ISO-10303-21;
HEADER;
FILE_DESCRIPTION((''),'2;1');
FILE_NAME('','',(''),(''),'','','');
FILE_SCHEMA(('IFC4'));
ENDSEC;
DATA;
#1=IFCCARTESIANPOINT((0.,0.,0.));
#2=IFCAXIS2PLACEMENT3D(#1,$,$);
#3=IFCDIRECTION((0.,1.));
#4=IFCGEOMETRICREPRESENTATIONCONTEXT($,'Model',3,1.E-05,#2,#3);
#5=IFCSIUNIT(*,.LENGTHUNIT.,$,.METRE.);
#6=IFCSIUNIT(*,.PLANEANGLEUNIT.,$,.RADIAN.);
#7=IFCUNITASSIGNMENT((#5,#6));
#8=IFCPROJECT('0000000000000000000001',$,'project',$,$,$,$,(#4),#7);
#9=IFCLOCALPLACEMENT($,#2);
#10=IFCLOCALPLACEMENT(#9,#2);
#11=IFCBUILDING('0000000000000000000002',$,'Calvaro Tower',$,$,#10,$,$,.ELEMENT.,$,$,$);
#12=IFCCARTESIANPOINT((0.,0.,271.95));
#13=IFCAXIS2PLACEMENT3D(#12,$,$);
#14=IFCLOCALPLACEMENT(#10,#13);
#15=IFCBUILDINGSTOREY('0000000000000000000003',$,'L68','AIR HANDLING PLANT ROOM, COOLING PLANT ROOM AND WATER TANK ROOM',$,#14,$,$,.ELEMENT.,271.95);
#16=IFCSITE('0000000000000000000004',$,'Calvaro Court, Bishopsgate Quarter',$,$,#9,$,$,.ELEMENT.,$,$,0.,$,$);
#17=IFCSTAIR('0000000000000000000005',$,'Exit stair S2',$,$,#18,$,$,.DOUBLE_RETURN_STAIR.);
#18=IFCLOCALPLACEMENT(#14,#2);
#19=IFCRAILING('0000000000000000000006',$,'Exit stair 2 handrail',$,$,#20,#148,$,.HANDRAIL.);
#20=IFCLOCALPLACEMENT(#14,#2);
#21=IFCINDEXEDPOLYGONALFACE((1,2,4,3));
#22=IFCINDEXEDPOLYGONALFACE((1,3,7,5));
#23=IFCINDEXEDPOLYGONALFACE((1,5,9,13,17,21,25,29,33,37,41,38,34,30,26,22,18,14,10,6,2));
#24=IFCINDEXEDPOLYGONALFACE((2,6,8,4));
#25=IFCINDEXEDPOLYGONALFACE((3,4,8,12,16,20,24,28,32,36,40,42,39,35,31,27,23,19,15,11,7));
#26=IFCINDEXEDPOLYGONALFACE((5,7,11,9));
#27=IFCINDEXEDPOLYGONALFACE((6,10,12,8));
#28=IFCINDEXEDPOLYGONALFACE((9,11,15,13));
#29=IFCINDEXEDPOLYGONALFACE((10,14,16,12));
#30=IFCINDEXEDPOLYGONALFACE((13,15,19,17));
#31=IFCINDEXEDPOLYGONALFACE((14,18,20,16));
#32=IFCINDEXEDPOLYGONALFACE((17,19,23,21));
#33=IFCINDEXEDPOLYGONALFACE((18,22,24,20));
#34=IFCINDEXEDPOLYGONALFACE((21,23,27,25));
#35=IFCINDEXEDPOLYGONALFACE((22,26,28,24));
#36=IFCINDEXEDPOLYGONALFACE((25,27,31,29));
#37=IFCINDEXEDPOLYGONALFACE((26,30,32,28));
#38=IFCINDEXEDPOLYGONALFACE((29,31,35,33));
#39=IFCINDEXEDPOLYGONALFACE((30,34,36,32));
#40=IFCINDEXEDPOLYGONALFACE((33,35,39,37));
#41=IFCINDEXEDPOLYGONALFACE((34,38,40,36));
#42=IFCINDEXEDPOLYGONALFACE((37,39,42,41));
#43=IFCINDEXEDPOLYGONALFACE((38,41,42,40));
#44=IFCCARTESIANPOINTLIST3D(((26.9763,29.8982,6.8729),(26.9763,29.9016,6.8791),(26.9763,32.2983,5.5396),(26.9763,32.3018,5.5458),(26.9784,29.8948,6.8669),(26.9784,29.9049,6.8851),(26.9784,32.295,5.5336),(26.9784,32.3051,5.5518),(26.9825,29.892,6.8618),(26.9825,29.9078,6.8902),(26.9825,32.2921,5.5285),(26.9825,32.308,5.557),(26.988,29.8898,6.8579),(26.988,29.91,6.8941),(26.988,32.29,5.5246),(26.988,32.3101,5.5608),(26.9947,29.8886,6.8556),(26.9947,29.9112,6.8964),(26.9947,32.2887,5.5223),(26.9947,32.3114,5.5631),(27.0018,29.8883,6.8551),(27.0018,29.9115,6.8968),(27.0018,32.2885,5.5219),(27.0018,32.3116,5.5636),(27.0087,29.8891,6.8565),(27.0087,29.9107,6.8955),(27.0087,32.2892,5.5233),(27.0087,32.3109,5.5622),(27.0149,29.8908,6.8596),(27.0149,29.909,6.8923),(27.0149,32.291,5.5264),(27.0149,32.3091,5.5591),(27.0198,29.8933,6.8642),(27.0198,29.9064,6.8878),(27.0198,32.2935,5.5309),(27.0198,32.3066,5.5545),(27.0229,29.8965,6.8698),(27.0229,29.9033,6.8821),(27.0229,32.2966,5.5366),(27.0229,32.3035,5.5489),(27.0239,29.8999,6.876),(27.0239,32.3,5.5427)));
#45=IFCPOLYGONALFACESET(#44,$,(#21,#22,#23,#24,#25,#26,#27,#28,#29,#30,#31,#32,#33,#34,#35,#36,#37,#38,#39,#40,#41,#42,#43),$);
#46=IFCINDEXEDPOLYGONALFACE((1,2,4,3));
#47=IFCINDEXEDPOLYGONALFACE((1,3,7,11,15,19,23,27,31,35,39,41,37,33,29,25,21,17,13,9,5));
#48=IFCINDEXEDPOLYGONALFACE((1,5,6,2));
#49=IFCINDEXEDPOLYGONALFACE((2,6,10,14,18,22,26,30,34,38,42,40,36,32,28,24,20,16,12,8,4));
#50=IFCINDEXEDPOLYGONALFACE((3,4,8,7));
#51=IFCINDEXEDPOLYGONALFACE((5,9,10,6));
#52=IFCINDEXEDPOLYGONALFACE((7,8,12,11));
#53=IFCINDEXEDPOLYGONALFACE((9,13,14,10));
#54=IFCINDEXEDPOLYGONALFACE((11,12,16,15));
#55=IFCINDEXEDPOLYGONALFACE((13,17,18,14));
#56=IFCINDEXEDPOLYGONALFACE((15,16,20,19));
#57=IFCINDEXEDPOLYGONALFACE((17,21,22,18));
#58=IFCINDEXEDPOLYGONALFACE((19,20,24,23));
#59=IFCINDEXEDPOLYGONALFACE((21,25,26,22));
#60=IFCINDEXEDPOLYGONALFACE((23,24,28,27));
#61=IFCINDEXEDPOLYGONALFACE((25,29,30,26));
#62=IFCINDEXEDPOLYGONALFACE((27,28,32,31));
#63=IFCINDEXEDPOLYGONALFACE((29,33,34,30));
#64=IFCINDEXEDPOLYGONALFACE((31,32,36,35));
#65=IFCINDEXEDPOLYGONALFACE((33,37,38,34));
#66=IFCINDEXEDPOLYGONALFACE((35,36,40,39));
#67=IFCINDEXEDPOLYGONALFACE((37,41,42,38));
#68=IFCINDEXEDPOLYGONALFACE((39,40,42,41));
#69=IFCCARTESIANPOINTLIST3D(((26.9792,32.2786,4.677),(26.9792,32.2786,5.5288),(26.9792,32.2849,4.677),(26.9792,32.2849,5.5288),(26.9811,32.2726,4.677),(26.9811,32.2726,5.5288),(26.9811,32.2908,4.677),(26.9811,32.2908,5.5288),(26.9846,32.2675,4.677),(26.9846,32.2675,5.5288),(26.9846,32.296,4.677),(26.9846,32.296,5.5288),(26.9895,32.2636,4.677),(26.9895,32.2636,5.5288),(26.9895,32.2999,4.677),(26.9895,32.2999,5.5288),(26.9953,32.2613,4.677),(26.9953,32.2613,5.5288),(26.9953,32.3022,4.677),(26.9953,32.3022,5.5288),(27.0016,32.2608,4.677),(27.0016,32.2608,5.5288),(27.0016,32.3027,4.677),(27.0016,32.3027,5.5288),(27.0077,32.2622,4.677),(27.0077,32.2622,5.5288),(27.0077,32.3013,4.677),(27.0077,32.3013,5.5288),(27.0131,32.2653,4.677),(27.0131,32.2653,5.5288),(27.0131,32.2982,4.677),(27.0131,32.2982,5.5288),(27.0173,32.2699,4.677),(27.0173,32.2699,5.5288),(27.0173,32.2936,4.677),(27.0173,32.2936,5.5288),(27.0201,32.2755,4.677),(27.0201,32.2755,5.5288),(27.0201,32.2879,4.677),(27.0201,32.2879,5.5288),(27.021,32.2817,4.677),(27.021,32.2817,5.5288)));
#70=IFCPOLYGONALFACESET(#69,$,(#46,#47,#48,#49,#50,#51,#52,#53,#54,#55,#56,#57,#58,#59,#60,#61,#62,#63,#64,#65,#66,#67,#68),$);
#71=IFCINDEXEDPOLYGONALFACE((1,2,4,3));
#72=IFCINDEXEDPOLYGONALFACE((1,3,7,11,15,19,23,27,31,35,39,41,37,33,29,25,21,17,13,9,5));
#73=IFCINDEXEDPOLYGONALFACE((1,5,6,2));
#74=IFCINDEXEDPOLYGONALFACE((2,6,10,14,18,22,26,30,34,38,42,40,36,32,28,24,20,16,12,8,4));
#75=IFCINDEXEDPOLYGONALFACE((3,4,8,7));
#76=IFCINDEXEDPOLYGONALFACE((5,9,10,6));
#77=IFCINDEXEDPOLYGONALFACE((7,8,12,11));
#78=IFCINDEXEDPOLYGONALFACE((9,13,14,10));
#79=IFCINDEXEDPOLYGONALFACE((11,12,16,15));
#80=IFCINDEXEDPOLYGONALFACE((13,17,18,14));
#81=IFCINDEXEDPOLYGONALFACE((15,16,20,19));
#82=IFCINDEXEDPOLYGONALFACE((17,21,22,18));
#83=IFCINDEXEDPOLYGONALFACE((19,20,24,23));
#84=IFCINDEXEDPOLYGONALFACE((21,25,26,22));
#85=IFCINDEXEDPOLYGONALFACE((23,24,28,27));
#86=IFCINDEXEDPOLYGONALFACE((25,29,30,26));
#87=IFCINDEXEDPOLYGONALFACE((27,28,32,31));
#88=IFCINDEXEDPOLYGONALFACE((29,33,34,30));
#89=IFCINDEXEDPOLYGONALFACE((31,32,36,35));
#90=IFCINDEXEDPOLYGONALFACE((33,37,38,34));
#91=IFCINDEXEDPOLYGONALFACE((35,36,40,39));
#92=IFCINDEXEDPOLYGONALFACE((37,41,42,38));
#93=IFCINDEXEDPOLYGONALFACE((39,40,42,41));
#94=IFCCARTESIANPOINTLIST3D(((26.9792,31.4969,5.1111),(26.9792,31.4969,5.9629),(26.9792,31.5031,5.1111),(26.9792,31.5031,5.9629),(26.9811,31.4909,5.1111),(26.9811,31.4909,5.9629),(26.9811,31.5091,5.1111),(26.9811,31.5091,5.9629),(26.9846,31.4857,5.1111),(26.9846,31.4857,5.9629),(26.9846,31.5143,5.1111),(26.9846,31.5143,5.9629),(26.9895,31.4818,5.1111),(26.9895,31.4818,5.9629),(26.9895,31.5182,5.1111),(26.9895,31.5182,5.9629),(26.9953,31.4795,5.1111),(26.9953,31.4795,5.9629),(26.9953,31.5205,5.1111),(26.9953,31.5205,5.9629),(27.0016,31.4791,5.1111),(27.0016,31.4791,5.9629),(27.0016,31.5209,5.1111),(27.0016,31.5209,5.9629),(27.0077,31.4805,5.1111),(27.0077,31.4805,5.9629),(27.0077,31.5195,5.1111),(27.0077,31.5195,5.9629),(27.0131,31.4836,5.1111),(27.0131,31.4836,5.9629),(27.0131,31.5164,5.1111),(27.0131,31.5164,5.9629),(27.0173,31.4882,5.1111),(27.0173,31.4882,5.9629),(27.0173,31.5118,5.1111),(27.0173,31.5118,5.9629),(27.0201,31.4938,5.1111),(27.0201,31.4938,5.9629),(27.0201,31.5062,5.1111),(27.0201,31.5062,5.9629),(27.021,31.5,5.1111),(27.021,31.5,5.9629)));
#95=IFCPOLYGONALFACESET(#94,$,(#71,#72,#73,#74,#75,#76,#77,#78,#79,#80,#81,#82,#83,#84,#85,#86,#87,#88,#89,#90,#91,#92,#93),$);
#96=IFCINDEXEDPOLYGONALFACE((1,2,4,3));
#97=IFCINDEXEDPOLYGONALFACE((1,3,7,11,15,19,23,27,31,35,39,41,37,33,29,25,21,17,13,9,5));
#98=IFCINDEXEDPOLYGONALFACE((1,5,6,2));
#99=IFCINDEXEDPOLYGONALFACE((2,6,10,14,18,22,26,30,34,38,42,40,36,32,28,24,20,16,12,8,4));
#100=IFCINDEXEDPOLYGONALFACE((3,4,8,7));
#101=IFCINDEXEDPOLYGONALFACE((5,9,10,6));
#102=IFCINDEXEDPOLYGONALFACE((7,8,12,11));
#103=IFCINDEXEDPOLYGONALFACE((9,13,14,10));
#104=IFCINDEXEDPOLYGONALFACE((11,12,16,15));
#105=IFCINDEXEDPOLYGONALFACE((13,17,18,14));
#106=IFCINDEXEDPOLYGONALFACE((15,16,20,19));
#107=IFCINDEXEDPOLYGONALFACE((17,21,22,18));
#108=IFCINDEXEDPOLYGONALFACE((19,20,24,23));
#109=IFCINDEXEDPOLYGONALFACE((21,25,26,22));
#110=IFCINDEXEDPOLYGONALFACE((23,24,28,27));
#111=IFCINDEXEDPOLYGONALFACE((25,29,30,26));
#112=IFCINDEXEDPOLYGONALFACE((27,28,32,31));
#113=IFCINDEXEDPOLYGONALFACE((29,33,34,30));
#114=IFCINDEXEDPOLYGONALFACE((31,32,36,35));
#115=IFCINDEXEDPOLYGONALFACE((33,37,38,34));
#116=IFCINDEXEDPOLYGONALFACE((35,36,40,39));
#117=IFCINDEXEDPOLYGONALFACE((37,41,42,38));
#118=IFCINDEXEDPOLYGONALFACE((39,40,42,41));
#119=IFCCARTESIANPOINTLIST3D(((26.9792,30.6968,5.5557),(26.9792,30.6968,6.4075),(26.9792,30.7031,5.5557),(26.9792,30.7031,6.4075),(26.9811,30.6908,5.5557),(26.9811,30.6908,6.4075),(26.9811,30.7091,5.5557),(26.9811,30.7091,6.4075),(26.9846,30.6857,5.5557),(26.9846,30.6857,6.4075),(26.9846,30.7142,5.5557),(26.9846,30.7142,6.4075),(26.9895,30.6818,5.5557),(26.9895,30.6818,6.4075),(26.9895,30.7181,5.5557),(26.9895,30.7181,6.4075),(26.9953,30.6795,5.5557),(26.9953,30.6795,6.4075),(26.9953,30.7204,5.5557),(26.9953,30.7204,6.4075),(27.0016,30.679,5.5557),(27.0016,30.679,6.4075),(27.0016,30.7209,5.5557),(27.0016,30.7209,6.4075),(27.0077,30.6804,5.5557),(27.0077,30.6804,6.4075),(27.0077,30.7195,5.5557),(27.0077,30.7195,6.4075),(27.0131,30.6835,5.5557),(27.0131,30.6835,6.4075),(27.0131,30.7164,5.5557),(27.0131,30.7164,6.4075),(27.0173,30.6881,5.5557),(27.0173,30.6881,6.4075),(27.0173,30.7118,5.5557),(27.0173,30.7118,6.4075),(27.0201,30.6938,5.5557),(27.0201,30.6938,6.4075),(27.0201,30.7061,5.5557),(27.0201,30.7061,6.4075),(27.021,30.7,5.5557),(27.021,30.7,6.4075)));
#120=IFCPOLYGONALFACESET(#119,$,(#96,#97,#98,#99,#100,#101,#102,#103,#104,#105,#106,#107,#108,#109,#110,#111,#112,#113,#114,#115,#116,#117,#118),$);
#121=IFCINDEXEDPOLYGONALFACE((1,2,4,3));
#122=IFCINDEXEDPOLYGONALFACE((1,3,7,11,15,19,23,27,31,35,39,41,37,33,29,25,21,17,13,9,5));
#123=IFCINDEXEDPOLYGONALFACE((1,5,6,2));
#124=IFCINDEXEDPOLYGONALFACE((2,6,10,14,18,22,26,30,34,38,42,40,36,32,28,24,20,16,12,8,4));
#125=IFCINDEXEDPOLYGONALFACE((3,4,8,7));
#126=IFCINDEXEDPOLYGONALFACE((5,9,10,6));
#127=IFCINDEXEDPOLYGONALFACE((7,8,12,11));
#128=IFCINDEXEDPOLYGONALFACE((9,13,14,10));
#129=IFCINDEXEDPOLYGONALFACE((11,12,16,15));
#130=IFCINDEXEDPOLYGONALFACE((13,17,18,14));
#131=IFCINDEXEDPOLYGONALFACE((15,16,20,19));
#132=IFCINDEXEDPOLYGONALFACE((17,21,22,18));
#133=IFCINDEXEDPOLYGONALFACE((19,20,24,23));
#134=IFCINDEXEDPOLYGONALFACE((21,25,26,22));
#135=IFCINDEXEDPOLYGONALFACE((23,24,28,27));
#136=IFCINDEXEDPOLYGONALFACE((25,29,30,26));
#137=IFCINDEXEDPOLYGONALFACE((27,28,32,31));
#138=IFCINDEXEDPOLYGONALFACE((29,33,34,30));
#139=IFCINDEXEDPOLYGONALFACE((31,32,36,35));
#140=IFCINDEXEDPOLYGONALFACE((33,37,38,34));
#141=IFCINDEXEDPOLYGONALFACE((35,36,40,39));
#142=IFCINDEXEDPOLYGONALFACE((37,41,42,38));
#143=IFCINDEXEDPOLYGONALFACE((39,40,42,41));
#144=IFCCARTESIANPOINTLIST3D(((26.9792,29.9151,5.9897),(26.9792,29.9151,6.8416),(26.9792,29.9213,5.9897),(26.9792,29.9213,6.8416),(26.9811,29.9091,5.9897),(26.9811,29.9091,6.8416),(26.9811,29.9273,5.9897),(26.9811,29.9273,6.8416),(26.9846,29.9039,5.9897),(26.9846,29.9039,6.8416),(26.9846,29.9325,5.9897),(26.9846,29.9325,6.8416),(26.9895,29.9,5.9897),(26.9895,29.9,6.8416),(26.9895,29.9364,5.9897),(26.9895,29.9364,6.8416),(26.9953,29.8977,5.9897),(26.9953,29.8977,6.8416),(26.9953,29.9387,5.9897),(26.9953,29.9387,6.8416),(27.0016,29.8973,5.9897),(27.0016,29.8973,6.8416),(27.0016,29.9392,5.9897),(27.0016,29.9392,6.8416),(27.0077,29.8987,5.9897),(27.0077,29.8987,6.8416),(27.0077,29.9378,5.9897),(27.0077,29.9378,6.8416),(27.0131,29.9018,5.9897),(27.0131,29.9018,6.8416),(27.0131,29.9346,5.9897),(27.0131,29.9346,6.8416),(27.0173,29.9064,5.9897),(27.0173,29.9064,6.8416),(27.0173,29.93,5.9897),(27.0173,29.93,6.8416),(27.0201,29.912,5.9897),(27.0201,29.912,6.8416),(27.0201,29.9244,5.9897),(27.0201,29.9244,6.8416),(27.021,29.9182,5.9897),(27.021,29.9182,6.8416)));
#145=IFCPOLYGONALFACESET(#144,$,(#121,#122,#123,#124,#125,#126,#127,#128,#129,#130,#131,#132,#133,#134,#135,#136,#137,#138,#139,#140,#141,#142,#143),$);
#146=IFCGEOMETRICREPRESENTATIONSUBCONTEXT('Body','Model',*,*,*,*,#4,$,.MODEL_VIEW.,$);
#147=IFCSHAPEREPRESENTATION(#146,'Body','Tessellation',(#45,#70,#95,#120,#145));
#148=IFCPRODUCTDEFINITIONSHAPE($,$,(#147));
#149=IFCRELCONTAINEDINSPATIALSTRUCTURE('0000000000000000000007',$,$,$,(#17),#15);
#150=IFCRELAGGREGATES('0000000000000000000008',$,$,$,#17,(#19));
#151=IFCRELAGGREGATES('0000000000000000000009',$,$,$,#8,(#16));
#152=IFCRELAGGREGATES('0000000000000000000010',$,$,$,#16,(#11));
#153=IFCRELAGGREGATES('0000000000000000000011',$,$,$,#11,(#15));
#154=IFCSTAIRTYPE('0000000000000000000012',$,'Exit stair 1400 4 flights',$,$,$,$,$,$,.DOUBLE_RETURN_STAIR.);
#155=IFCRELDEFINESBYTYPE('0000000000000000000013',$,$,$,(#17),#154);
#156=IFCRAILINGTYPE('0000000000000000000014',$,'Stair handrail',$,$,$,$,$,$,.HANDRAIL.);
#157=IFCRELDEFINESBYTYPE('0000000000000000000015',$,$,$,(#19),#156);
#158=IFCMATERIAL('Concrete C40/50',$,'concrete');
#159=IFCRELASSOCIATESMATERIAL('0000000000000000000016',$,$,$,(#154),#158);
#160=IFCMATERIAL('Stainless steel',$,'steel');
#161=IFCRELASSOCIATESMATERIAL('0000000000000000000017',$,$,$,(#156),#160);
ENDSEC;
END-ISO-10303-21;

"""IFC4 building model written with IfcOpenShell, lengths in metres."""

from ifc_helpers import new_model, si_unit, direction, frame, origin, origin_2d, place, context, subcontext, project, spatial, circle, extrude, material, type_object, element, aggregate, save


model = new_model("IFC4")

# Units and contexts
model_context = context("Model", 3, precision=1e-05, world=origin(), true_north=direction((0.0, 1.0)))
body_context = subcontext(model_context, "Body", "Model", "MODEL_VIEW")
ifc_project = project(units=[si_unit("LENGTHUNIT", "METRE"), si_unit("PLANEANGLEUNIT", "RADIAN")], contexts=[model_context])

# Site, building, storey
site_placement = place(None, origin())
site = spatial("IfcSite", under=ifc_project, at=site_placement, Name="Calvaro Court, Bishopsgate Quarter", CompositionType="ELEMENT", RefElevation=0.0)
building_placement = place(site_placement, origin())
building = spatial("IfcBuilding", under=site, at=building_placement, Name="Calvaro Tower", CompositionType="ELEMENT")
storey_placement = place(building_placement, frame((0.0, 0.0, 271.95)))
storey = spatial("IfcBuildingStorey", under=building, at=storey_placement, Name="L68", Description="AIR HANDLING PLANT ROOM, COOLING PLANT ROOM AND WATER TANK ROOM", CompositionType="ELEMENT", Elevation=271.95)

# Stair
ifc_material_1 = material(Name="Concrete C40/50", Category="concrete")
stair_type = type_object("IfcStairType", Name="Exit stair 1400 4 flights", PredefinedType="DOUBLE_RETURN_STAIR", material=ifc_material_1)
stair_placement = place(storey_placement, origin())
stair = element("IfcStair", 1, at=stair_placement, inside=storey, type_object=stair_type, Name="Exit stair S2", PredefinedType="DOUBLE_RETURN_STAIR")

# Railing
ifc_material_2 = material(Name="Stainless steel", Category="steel")
railing_type = type_object("IfcRailingType", Name="Stair handrail", PredefinedType="HANDRAIL", material=ifc_material_2)
railing_1_placement = place(storey_placement, frame((27.0, 32.3, 4.6667)))
railing_1 = element("IfcRailing", 2, at=railing_1_placement, type_object=railing_type, Name="Exit stair 2 handrail", PredefinedType="HANDRAIL", context=body_context, shape_type="SweptSolid", body=[
    extrude(circle(Radius=0.0239, at=origin_2d()), frame((0.0, 0.0, 0.876), z_axis=(0.0, -0.874182, 0.485598), x_axis=(1.0, 0.0, 0.0)), (0.0, 0.0, 1.0), 2.7456),
    extrude(circle(Radius=0.021, at=origin_2d()), frame((0.0, -0.0183, 0.0103)), (0.0, 0.0, 1.0), 0.8518),
    extrude(circle(Radius=0.021, at=origin_2d()), frame((0.0, -0.8, 0.4443)), (0.0, 0.0, 1.0), 0.8518),
    extrude(circle(Radius=0.021, at=origin_2d()), frame((0.0, -1.6001, 0.8889)), (0.0, 0.0, 1.0), 0.8518),
    extrude(circle(Radius=0.021, at=origin_2d()), frame((0.0, -2.3818, 1.323)), (0.0, 0.0, 1.0), 0.8518),
])
aggregate(stair, [railing_1])

save(model, "model.ifc")
